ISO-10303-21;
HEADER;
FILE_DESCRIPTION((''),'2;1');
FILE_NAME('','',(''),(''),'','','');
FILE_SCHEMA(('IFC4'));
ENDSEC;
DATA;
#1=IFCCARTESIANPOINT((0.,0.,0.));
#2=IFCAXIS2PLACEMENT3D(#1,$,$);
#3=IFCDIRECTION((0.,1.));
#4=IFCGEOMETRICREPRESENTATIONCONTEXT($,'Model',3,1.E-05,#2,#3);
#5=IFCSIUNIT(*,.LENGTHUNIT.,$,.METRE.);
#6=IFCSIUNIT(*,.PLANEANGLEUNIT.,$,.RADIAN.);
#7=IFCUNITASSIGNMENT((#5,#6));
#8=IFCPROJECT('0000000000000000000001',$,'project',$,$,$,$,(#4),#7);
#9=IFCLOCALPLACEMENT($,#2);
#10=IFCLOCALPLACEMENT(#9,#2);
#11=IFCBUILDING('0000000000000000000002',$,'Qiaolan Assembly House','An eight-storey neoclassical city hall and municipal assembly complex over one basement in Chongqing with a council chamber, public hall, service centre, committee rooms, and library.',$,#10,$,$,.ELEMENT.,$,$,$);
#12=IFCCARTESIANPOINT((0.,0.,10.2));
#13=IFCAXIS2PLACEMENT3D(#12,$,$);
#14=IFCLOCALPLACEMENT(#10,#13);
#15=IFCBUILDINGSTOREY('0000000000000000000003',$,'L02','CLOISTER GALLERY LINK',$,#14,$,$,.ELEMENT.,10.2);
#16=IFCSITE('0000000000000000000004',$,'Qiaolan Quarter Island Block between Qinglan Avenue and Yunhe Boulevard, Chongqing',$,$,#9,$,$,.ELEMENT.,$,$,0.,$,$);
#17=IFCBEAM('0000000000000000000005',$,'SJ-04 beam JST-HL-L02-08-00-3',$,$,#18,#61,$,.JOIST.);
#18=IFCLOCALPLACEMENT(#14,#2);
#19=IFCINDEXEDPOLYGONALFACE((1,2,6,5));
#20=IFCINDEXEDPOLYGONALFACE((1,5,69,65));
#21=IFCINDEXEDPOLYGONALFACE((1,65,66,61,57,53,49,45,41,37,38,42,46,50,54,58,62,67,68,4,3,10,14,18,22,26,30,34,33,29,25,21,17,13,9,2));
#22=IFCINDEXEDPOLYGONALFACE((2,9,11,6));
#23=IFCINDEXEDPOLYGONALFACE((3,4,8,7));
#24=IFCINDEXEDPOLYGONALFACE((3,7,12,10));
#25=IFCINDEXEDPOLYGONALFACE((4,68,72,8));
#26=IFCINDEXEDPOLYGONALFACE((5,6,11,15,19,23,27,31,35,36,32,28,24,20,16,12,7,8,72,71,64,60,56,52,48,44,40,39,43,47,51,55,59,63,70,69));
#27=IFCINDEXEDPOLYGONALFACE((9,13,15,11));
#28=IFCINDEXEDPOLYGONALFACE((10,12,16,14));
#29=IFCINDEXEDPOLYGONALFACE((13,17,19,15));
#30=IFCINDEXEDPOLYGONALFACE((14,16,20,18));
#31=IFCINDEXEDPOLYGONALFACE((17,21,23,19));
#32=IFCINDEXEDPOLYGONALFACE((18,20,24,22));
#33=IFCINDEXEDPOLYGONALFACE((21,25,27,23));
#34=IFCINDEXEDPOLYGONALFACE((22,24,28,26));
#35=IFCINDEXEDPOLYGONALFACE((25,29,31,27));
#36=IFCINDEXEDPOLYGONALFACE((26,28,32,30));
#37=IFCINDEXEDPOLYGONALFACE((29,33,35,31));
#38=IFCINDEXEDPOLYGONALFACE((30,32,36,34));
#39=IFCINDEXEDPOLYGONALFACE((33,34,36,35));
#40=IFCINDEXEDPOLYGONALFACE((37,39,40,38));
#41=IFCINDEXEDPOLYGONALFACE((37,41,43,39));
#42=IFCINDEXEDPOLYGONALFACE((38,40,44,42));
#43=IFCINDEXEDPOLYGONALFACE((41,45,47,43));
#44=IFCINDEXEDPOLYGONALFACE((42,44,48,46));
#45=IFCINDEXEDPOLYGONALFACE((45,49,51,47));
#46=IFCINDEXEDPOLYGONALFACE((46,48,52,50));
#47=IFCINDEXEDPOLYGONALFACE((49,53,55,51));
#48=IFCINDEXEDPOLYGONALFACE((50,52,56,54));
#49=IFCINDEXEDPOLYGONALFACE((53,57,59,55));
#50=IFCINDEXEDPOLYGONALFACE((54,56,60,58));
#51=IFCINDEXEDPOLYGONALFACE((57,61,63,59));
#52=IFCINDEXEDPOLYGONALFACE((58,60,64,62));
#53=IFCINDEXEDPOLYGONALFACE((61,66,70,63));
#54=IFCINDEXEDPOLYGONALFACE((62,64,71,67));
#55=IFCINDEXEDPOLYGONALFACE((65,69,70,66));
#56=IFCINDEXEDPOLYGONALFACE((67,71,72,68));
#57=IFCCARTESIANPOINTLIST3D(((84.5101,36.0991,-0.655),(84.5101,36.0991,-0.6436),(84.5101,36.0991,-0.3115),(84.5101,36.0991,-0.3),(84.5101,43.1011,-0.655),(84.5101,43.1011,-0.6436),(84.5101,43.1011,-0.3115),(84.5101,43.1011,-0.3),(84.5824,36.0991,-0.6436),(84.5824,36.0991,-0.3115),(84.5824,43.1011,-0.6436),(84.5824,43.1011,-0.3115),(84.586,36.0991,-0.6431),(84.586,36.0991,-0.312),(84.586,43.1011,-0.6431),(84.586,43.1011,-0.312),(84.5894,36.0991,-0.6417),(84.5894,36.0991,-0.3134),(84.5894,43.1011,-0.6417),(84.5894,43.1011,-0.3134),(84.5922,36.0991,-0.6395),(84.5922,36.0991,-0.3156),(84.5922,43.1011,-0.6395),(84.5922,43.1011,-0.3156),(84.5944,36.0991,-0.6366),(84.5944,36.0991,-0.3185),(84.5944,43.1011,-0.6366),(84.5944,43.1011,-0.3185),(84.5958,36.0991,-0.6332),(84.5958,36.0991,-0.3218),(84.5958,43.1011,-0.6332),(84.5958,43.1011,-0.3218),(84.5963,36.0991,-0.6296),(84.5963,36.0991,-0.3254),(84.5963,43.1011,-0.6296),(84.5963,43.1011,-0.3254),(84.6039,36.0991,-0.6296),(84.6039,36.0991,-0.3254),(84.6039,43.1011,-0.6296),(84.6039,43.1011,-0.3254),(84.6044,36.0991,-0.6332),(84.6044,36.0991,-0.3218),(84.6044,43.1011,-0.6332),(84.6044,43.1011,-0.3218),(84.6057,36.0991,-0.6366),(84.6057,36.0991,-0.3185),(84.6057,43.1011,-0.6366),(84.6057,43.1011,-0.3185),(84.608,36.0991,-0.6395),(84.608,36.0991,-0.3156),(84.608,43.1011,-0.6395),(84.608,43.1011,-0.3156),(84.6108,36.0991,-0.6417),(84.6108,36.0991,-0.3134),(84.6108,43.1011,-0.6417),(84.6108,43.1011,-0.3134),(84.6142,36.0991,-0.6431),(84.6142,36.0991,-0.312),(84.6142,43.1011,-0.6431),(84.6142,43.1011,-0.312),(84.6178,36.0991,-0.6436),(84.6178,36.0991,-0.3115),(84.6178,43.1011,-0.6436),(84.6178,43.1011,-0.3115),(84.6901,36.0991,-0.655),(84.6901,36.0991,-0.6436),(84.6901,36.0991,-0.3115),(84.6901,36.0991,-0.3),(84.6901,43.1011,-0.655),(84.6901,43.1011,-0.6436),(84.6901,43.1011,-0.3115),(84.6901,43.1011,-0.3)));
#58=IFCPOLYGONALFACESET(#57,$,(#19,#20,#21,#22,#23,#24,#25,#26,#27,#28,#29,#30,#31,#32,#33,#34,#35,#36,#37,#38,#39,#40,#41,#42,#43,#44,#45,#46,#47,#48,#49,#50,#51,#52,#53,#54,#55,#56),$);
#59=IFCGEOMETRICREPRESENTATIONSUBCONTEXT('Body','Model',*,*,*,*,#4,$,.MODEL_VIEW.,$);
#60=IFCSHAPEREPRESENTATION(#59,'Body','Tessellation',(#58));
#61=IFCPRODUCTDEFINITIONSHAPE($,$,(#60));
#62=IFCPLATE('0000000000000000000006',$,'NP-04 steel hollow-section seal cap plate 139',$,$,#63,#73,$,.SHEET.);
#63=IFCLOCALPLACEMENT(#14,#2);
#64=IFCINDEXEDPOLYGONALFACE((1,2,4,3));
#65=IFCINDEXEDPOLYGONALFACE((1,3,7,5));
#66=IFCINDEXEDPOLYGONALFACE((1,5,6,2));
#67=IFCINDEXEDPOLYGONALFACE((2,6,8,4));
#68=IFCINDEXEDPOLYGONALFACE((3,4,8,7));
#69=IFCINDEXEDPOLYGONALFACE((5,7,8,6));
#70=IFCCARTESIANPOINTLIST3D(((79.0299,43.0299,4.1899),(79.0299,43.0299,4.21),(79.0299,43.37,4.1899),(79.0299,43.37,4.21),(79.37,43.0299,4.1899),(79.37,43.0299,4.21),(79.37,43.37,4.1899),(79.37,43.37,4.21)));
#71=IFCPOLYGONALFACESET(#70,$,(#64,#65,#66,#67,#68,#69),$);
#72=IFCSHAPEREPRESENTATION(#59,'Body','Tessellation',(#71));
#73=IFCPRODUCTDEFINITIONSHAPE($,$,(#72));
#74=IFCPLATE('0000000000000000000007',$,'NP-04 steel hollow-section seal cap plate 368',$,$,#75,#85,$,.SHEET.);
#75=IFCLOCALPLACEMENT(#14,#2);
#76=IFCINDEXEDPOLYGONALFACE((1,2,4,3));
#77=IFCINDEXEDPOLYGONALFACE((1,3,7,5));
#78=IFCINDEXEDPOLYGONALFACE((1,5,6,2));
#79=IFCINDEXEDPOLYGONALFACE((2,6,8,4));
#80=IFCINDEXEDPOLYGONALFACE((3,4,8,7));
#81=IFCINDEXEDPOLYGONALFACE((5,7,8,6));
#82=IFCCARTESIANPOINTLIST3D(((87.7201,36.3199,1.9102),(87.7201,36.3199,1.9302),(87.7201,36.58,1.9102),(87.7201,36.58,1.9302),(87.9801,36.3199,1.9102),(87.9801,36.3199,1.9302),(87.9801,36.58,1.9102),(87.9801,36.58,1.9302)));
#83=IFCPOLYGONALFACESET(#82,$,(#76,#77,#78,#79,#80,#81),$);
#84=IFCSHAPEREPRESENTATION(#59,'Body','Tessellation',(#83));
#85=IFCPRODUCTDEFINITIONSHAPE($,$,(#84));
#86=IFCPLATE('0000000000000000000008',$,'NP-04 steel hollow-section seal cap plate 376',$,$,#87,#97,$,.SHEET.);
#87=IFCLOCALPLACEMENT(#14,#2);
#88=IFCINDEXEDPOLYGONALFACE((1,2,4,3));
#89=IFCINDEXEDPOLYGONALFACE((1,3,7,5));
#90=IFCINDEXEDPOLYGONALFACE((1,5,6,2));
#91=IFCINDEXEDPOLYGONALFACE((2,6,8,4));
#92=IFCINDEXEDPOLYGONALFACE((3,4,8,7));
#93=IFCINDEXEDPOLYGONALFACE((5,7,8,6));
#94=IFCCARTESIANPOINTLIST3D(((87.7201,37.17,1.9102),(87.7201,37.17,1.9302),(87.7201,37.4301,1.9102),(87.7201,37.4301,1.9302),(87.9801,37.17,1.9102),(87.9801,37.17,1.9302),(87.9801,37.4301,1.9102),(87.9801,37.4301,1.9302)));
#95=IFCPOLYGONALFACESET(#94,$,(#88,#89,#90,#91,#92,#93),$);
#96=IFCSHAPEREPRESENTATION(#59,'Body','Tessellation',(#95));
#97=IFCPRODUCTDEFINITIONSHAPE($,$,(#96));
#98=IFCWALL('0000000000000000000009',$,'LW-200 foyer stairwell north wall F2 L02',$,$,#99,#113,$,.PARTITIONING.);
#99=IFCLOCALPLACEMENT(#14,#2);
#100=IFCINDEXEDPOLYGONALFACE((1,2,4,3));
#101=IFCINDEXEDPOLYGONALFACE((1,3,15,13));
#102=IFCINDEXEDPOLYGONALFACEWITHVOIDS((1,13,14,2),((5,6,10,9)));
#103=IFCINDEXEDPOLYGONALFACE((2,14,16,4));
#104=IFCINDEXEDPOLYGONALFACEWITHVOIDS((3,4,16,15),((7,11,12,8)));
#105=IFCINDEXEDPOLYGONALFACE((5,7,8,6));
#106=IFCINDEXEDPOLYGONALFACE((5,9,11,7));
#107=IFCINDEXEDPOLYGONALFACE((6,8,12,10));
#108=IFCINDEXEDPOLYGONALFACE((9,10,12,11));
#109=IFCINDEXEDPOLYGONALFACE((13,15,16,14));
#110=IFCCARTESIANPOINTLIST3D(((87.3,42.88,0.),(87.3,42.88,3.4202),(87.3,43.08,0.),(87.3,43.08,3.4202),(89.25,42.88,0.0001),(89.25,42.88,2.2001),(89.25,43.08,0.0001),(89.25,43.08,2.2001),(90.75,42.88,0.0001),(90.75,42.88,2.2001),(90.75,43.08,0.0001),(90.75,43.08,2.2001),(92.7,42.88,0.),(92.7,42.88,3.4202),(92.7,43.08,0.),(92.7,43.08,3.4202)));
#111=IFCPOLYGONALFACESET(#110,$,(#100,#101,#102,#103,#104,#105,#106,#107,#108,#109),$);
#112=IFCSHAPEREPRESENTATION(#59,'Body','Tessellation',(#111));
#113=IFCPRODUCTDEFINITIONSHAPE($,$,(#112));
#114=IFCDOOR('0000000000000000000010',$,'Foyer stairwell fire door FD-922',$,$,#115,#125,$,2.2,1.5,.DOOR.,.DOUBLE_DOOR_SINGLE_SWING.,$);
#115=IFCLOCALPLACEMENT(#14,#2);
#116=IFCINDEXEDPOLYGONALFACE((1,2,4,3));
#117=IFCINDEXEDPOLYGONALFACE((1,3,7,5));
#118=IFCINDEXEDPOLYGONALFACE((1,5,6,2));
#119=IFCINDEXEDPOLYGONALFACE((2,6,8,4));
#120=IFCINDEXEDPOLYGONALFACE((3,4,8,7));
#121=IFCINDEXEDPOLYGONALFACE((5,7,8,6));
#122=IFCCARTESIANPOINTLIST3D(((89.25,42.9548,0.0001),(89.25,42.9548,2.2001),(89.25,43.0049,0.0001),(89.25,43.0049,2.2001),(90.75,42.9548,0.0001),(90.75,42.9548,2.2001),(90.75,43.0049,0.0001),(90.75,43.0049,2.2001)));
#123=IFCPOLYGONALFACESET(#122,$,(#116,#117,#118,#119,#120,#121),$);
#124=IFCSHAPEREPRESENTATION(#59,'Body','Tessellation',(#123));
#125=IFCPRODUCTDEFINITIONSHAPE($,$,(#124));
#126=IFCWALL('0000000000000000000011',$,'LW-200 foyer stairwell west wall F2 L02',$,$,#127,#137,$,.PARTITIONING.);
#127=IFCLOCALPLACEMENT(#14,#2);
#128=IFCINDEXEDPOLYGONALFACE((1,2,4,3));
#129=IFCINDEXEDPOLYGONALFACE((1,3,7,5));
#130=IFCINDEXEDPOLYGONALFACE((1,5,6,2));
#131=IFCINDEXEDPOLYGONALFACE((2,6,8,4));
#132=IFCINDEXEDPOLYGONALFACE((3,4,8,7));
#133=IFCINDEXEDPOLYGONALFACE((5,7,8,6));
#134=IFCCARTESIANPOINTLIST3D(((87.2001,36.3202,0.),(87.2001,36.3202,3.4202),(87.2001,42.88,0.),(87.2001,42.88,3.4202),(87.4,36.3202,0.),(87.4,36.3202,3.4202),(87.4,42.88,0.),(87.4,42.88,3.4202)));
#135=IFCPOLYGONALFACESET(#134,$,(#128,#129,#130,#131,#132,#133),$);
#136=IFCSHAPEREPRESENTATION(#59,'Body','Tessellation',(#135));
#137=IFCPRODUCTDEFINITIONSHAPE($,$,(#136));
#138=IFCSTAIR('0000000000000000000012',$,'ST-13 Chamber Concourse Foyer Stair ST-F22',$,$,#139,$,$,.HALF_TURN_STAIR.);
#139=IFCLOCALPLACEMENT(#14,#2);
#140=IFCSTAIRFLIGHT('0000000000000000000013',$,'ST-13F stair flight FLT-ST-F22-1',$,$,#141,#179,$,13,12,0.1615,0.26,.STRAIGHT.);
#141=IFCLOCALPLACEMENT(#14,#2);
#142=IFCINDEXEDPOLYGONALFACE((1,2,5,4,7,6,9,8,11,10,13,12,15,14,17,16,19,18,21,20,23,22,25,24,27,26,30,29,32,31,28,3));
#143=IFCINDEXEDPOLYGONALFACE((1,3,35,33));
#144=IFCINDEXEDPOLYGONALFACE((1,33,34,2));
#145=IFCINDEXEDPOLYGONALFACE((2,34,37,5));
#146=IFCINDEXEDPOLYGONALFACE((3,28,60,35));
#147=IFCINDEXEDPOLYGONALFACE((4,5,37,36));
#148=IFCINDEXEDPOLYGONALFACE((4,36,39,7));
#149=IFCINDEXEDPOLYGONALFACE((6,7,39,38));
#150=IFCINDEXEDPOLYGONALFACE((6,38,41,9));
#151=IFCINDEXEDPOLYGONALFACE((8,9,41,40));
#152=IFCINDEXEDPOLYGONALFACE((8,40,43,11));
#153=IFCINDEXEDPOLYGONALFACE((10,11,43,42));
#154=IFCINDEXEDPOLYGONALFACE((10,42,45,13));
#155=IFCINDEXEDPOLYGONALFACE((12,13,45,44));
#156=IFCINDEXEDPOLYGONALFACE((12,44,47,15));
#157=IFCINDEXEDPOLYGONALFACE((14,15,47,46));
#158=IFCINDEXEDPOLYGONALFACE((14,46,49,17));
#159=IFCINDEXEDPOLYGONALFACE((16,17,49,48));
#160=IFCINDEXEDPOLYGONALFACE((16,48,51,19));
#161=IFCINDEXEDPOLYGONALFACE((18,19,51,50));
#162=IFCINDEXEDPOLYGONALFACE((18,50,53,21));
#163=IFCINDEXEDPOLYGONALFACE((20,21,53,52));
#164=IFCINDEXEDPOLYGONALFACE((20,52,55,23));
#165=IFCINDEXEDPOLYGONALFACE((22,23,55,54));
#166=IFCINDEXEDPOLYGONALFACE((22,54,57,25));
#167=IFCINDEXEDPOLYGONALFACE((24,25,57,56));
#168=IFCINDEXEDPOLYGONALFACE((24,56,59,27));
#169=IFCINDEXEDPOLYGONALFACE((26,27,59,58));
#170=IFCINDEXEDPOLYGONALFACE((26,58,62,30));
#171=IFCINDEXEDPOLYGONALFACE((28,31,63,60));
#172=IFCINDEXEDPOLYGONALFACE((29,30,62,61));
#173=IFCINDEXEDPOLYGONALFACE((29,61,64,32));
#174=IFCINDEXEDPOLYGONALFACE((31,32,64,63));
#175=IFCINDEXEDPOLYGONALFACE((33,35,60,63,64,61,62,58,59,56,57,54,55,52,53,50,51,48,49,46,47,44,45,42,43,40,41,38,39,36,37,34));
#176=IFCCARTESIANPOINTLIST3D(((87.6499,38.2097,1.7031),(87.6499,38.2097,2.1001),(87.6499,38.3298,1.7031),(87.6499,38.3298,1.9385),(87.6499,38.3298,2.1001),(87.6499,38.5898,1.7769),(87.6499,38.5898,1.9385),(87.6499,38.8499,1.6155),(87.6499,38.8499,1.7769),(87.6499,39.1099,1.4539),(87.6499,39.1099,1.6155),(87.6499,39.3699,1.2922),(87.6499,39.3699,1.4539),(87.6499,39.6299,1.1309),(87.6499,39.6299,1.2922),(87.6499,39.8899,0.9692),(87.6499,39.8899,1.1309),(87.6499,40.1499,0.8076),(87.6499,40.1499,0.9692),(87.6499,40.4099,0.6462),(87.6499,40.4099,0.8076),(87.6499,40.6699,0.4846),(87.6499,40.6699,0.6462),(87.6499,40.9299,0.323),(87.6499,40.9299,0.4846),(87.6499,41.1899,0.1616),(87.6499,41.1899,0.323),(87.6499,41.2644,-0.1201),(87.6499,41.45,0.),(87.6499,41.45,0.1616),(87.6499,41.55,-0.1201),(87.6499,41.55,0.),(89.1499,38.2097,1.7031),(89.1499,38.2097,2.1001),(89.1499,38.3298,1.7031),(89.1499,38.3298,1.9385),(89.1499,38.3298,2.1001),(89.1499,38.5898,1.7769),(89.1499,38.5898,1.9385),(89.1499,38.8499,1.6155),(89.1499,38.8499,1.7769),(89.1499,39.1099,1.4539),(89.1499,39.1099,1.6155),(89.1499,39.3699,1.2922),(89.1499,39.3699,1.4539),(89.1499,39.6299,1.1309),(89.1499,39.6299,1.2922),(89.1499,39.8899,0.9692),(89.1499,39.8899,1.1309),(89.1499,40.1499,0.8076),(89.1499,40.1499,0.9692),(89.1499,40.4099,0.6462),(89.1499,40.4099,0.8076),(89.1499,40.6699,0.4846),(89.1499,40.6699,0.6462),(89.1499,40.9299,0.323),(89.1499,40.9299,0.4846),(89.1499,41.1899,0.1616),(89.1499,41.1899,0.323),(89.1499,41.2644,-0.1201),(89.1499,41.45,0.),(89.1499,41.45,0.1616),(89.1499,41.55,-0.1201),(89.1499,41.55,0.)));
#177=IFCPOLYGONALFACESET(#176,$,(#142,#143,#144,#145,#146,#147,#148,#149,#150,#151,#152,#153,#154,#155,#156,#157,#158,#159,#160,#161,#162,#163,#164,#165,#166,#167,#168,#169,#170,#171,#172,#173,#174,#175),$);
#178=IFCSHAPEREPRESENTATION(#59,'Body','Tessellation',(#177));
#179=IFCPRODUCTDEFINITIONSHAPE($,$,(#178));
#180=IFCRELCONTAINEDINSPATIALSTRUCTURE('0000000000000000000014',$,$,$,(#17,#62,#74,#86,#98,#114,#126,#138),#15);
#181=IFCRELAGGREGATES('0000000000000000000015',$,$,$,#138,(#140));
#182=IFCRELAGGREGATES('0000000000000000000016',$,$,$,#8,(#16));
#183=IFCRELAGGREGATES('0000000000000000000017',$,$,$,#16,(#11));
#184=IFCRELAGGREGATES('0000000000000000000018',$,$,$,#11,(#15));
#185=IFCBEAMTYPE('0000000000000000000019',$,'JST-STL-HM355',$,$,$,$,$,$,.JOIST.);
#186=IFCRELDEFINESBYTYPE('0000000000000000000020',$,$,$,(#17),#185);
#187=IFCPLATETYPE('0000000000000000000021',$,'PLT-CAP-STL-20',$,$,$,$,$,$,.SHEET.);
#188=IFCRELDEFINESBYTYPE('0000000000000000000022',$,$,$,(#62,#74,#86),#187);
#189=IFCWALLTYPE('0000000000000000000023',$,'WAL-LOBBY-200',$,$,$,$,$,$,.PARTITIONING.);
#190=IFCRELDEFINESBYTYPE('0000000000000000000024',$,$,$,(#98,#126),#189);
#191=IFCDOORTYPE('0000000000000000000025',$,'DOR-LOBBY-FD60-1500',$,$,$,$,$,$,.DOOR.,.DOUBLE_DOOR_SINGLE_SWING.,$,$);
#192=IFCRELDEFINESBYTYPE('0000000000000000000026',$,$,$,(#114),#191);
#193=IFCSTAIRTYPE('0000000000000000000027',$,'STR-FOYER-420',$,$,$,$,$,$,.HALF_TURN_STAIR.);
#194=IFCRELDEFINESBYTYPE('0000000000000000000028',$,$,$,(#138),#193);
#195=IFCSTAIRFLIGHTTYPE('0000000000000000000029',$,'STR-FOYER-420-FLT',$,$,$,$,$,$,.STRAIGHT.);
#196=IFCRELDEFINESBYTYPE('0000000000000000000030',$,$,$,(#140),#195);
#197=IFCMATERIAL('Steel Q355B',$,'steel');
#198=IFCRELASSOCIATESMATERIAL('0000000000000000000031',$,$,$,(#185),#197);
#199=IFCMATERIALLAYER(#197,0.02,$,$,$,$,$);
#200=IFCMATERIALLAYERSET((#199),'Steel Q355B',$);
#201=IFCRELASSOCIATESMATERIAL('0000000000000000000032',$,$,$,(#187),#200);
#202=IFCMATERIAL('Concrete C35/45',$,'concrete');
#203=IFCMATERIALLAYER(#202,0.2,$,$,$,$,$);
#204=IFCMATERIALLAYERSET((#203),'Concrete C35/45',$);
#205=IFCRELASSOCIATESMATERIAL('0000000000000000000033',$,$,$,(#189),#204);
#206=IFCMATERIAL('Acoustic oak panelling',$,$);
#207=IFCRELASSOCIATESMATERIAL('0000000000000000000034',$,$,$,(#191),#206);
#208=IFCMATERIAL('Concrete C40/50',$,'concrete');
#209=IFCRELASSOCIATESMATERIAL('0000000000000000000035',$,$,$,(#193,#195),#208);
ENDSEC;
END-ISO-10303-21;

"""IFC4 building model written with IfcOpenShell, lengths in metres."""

from ifc_helpers import new_model, si_unit, direction, frame, frame_2d, origin, origin_2d, place, context, subcontext, project, spatial, polyline, rectangle, i_section, outline, extrude, material, layer, layer_set, material_profile, profile_set, type_object, element, fill, aggregate, save


model = new_model("IFC4")

# Units and contexts
model_context = context("Model", 3, precision=1e-05, world=origin(), true_north=direction((0.0, 1.0)))
body_context = subcontext(model_context, "Body", "Model", "MODEL_VIEW")
ifc_project = project(units=[si_unit("LENGTHUNIT", "METRE"), si_unit("PLANEANGLEUNIT", "RADIAN")], contexts=[model_context])

# Site, building, storey
site_placement = place(None, origin())
site = spatial("IfcSite", under=ifc_project, at=site_placement, Name="Qiaolan Quarter Island Block between Qinglan Avenue and Yunhe Boulevard, Chongqing", CompositionType="ELEMENT", RefElevation=0.0)
building_placement = place(site_placement, origin())
building = spatial("IfcBuilding", under=site, at=building_placement, Name="Qiaolan Assembly House", Description="An eight-storey neoclassical city hall and municipal assembly complex over one basement in Chongqing with a council chamber, public hall, service centre, committee rooms, and library.", CompositionType="ELEMENT")
storey_placement = place(building_placement, frame((0.0, 0.0, 10.2)))
storey = spatial("IfcBuildingStorey", under=building, at=storey_placement, Name="L02", Description="CLOISTER GALLERY LINK", CompositionType="ELEMENT", Elevation=10.2)

# Shared definitions
ifc_material_1 = material(Name="Steel Q355B", Category="steel")

# Beam
ifc_material_profile_1 = material_profile(ifc_material_1, i_section(OverallWidth=0.1799, OverallDepth=0.355, WebThickness=0.0076, FlangeThickness=0.0115, FilletRadius=0.0139, at=origin_2d()), Name="HM 355x180x7.5x11.5")
ifc_profile_set_1 = profile_set([ifc_material_profile_1], Name="Steel Q355B")
beam_type_1 = type_object("IfcBeamType", Name="JST-STL-HM355", PredefinedType="JOIST", material=ifc_profile_set_1)
for number, where, z_axis, x_axis, name in (
    (1, (84.6001, 36.0991, -0.4775), (0.0, 1.0, 0.0), (-1.0, 0.0, 0.0), "SJ-04 beam JST-HL-L02-08-00-3"),
):
    element("IfcBeam", number, at=place(storey_placement, frame(where, z_axis=z_axis, x_axis=x_axis)), inside=storey, type_object=beam_type_1, Name=name, PredefinedType="JOIST", context=body_context, shape_type="SweptSolid", body=[
        extrude(i_section(OverallWidth=0.1799, OverallDepth=0.355, WebThickness=0.0076, FlangeThickness=0.0115, FilletRadius=0.0139, at=origin_2d()), origin(), (0.0, 0.0, 1.0), 7.002),
    ])

# Plates
ifc_layer_1 = layer(ifc_material_1, 0.02)
ifc_layer_set_1 = layer_set([ifc_layer_1], Name="Steel Q355B")
plate_type = type_object("IfcPlateType", Name="PLT-CAP-STL-20", PredefinedType="SHEET", material=ifc_layer_set_1)
plate_placement = place(storey_placement, frame((79.2, 43.2, 4.1899), z_axis=(0.0, 0.0, 1.0), x_axis=(1.0, 0.0, 0.0)))
element("IfcPlate", 2, at=plate_placement, inside=storey, type_object=plate_type, Name="NP-04 steel hollow-section seal cap plate 139", PredefinedType="SHEET", context=body_context, shape_type="SweptSolid", body=[
    extrude(rectangle(XDim=0.3401, YDim=0.3401, at=origin_2d()), origin(), (0.0, 0.0, 1.0), 0.02),
])
for number, where, z_axis, x_axis, name in (
    (3, (87.8501, 36.45, 1.9102), (0.0, 0.0, 1.0), (1.0, 0.0, 0.0), "NP-04 steel hollow-section seal cap plate 368"),
    (4, (87.8501, 37.3, 1.9102), (0.0, 0.0, 1.0), (1.0, 0.0, 0.0), "NP-04 steel hollow-section seal cap plate 376"),
):
    element("IfcPlate", number, at=place(storey_placement, frame(where, z_axis=z_axis, x_axis=x_axis)), inside=storey, type_object=plate_type, Name=name, PredefinedType="SHEET", context=body_context, shape_type="SweptSolid", body=[
        extrude(rectangle(XDim=0.26, YDim=0.26, at=origin_2d()), origin(), (0.0, 0.0, 1.0), 0.02),
    ])

# Wall, opening, door
ifc_material_2 = material(Name="Concrete C35/45", Category="concrete")
ifc_layer_2 = layer(ifc_material_2, 0.2)
ifc_layer_set_2 = layer_set([ifc_layer_2], Name="Concrete C35/45")
wall_type = type_object("IfcWallType", Name="WAL-LOBBY-200", PredefinedType="PARTITIONING", material=ifc_layer_set_2)
wall_1_placement = place(storey_placement, frame((87.3, 42.98, 0.0), z_axis=(0.0, 0.0, 1.0), x_axis=(1.0, 0.0, 0.0)))
wall_1 = element("IfcWall", 5, at=wall_1_placement, inside=storey, type_object=wall_type, Name="LW-200 foyer stairwell north wall F2 L02", PredefinedType="PARTITIONING", context=body_context, shape_type="SweptSolid", body=[
    extrude(rectangle(XDim=5.3999, YDim=0.2, at=frame_2d((2.7, 0.0))), origin(), (0.0, 0.0, 1.0), 3.4202),
])
opening_placement = place(wall_1_placement, frame((1.95, 0.0, 0.0)))
opening = element("IfcOpeningElement", 6, at=opening_placement, cuts=wall_1, PredefinedType="OPENING", context=body_context, shape_type="SweptSolid", body=[
    extrude(rectangle(XDim=1.5, YDim=2.2, at=frame_2d((0.75, 1.1001))), frame((0.0, 0.1099, 0.0), z_axis=(0.0, -1.0, 0.0), x_axis=(1.0, 0.0, 0.0)), (0.0, 0.0, 1.0), 0.22),
])
ifc_material_3 = material(Name="Acoustic oak panelling")
door_type = type_object("IfcDoorType", Name="DOR-LOBBY-FD60-1500", OperationType="DOUBLE_DOOR_SINGLE_SWING", PredefinedType="DOOR", material=ifc_material_3)
door_placement = place(opening_placement, origin())
door = element("IfcDoor", 7, at=door_placement, inside=storey, type_object=door_type, Name="Foyer stairwell fire door FD-922", OperationType="DOUBLE_DOOR_SINGLE_SWING", OverallHeight=2.2, OverallWidth=1.5, PredefinedType="DOOR", context=body_context, shape_type="SweptSolid", body=[
    extrude(rectangle(XDim=1.5, YDim=2.2, at=frame_2d((0.75, 1.1001))), frame((0.0, 0.0249, 0.0), z_axis=(0.0, -1.0, 0.0), x_axis=(1.0, 0.0, 0.0)), (0.0, 0.0, 1.0), 0.05),
])
fill(opening, door)

# Wall
wall_2_placement = place(storey_placement, frame((87.3, 42.8799, 0.0), z_axis=(0.0, 0.0, 1.0), x_axis=(0.0, -1.0, 0.0)))
element("IfcWall", 8, at=wall_2_placement, inside=storey, type_object=wall_type, Name="LW-200 foyer stairwell west wall F2 L02", PredefinedType="PARTITIONING", context=body_context, shape_type="SweptSolid", body=[
    extrude(rectangle(XDim=6.5598, YDim=0.2, at=frame_2d((3.2798, 0.0))), origin(), (0.0, 0.0, 1.0), 3.4202),
])

# Stair, stair flight
ifc_material_4 = material(Name="Concrete C40/50", Category="concrete")
stair_type = type_object("IfcStairType", Name="STR-FOYER-420", PredefinedType="HALF_TURN_STAIR", material=ifc_material_4)
stair_placement = place(storey_placement, origin())
stair = element("IfcStair", 9, at=stair_placement, inside=storey, type_object=stair_type, Name="ST-13 Chamber Concourse Foyer Stair ST-F22", PredefinedType="HALF_TURN_STAIR")
stair_flight_type = type_object("IfcStairFlightType", Name="STR-FOYER-420-FLT", PredefinedType="STRAIGHT", material=ifc_material_4)
stair_flight_1_placement = place(storey_placement, frame((88.3999, 41.45, 0.0), z_axis=(0.0, 0.0, 1.0), x_axis=(0.0, -1.0, 0.0)))
stair_flight_1 = element("IfcStairFlight", 10, at=stair_flight_1_placement, type_object=stair_flight_type, Name="ST-13F stair flight FLT-ST-F22-1", NumberOfRisers=13, NumberOfTreads=12, PredefinedType="STRAIGHT", RiserHeight=0.1615, TreadLength=0.26, context=body_context, shape_type="SweptSolid", body=[
    extrude(outline(polyline([(-0.1001, -0.1201), (-0.1001, 0.0), (0.0, 0.0), (0.0, 0.1616), (0.26, 0.1616), (0.26, 0.323), (0.52, 0.323), (0.52, 0.4846), (0.78, 0.4846), (0.78, 0.6462), (1.04, 0.6462), (1.04, 0.8076), (1.3, 0.8076), (1.3, 0.9692), (1.5601, 0.9692), (1.5601, 1.1309), (1.8201, 1.1309), (1.8201, 1.2922), (2.0801, 1.2922), (2.0801, 1.4539), (2.3401, 1.4539), (2.3401, 1.6155), (2.6001, 1.6155), (2.6001, 1.7769), (2.8601, 1.7769), (2.8601, 1.9385), (3.1201, 1.9385), (3.1201, 2.1001), (3.2402, 2.1001), (3.2402, 1.7031), (3.1201, 1.7031), (0.1855, -0.1201), (-0.1001, -0.1201)])), frame((0.0, 0.75, 0.0), z_axis=(0.0, -1.0, 0.0), x_axis=(1.0, 0.0, 0.0)), (0.0, 0.0, 1.0), 1.5),
])
aggregate(stair, [stair_flight_1])

save(model, "model.ifc")
